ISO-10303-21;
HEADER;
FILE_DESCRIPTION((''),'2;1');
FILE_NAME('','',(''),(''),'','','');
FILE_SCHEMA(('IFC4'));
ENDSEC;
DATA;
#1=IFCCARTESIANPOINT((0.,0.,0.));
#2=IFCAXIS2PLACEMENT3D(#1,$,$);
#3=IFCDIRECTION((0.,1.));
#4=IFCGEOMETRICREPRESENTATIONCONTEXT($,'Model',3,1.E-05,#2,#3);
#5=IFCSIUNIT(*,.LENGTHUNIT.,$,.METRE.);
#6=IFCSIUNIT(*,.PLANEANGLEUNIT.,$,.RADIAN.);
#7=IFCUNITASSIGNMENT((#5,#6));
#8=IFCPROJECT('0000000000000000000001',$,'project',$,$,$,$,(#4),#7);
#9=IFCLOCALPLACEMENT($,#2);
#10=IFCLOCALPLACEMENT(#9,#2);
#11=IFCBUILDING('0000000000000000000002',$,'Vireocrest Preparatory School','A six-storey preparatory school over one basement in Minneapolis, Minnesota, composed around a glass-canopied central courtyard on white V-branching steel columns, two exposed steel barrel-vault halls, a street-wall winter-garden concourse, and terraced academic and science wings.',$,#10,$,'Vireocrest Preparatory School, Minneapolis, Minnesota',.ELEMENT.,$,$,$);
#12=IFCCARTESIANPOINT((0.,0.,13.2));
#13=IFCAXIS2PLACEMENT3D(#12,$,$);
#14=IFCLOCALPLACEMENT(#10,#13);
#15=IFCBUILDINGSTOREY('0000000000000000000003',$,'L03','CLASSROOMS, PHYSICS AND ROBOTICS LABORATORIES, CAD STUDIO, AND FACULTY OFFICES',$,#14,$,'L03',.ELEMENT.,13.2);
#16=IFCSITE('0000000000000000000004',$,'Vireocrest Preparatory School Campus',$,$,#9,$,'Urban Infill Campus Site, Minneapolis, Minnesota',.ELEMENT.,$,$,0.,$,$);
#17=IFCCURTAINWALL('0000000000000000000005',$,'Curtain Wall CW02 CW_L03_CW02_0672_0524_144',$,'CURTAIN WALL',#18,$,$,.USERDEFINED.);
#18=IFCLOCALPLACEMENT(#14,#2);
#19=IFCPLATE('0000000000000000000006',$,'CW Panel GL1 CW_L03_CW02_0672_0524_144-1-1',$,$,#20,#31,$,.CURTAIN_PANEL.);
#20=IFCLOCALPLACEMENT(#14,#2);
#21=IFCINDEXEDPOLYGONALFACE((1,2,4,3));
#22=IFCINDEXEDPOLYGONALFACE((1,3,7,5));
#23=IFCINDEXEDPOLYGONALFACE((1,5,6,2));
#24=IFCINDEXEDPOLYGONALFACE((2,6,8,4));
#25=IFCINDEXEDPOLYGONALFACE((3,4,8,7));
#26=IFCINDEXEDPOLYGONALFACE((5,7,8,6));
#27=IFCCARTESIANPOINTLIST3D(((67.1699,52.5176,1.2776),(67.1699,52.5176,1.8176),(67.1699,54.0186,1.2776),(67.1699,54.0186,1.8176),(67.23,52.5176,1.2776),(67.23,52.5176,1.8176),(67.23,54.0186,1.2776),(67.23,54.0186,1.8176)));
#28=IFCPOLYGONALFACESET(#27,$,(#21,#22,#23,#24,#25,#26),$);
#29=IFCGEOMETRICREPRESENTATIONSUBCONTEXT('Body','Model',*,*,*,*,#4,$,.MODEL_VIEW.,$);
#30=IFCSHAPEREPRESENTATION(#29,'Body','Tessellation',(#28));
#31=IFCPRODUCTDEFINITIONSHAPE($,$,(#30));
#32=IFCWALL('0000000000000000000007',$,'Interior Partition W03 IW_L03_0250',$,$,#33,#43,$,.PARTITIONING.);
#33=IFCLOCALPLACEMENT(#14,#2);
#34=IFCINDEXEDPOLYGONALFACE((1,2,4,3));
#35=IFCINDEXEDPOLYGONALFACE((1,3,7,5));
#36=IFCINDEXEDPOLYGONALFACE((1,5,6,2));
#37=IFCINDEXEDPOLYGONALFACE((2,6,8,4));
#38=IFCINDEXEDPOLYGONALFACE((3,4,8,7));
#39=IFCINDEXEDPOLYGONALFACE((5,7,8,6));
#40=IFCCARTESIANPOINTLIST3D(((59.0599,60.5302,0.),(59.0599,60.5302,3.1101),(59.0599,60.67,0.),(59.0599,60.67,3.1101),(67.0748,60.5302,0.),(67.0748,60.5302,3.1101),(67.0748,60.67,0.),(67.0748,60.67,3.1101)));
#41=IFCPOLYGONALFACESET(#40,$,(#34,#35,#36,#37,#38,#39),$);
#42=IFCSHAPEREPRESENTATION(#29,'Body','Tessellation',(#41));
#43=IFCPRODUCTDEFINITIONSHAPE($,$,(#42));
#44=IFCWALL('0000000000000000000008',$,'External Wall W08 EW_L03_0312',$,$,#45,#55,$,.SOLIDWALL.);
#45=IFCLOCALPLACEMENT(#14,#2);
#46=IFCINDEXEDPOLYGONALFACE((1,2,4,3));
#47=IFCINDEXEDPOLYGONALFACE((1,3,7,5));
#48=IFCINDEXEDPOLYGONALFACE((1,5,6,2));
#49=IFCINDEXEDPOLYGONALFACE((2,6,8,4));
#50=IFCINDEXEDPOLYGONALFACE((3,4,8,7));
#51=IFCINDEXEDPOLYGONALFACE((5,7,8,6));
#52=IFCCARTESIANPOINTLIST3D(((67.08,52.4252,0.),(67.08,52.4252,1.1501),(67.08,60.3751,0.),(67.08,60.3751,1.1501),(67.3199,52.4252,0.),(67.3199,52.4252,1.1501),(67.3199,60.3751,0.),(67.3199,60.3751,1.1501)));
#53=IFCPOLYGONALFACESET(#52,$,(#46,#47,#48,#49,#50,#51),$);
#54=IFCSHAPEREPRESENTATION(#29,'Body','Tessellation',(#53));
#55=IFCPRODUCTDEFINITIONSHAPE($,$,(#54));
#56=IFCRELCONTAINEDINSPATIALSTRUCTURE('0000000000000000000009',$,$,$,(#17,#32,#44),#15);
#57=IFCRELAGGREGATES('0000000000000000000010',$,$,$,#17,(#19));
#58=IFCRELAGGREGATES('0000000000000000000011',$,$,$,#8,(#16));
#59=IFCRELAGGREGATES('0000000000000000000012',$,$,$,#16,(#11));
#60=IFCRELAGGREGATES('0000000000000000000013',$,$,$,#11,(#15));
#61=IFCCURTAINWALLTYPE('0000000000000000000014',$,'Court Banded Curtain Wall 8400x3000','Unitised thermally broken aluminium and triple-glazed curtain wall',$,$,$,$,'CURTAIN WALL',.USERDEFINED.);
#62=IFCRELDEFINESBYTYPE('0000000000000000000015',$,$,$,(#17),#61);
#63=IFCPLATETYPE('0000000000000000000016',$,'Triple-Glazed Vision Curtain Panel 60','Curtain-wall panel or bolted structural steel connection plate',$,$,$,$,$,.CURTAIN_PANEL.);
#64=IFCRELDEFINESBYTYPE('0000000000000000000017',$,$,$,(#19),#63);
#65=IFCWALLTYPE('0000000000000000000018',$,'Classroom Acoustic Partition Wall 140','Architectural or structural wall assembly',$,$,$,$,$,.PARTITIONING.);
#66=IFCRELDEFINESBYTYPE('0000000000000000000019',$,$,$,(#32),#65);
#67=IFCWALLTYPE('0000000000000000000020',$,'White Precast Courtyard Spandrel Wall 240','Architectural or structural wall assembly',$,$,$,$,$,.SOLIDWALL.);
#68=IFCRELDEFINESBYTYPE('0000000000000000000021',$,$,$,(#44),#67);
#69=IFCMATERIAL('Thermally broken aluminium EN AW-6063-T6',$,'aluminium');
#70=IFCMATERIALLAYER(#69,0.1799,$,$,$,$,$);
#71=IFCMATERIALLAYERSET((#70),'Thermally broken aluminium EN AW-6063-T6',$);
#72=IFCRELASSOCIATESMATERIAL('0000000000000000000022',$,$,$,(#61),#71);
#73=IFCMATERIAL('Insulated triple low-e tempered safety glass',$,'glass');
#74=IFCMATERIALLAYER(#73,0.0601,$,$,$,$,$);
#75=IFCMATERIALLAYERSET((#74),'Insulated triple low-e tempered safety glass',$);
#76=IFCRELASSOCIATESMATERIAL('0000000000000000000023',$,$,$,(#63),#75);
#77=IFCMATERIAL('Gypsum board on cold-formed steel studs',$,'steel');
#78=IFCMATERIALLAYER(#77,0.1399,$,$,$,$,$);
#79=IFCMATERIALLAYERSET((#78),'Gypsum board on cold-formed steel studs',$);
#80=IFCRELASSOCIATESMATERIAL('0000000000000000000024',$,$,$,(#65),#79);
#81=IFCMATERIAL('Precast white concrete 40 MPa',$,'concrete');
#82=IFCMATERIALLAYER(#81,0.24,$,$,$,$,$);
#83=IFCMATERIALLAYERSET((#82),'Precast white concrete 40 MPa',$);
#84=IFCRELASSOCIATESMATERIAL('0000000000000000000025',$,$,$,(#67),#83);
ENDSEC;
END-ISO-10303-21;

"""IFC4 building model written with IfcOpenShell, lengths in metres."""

from ifc_helpers import new_model, si_unit, direction, frame, frame_2d, origin, origin_2d, place, context, subcontext, project, spatial, rectangle, extrude, material, layer, layer_set, type_object, element, aggregate, save


model = new_model("IFC4")

# Units and contexts
model_context = context("Model", 3, precision=1e-05, world=origin(), true_north=direction((0.0, 1.0)))
body_context = subcontext(model_context, "Body", "Model", "MODEL_VIEW")
ifc_project = project(units=[si_unit("LENGTHUNIT", "METRE"), si_unit("PLANEANGLEUNIT", "RADIAN")], contexts=[model_context])

# Site, building, storey
site_placement = place(None, origin())
site = spatial("IfcSite", under=ifc_project, at=site_placement, Name="Vireocrest Preparatory School Campus", LongName="Urban Infill Campus Site, Minneapolis, Minnesota", CompositionType="ELEMENT", RefElevation=0.0)
building_placement = place(site_placement, origin())
building = spatial("IfcBuilding", under=site, at=building_placement, Name="Vireocrest Preparatory School", Description="A six-storey preparatory school over one basement in Minneapolis, Minnesota, composed around a glass-canopied central courtyard on white V-branching steel columns, two exposed steel barrel-vault halls, a street-wall winter-garden concourse, and terraced academic and science wings.", LongName="Vireocrest Preparatory School, Minneapolis, Minnesota", CompositionType="ELEMENT")
storey_placement = place(building_placement, frame((0.0, 0.0, 13.2)))
storey = spatial("IfcBuildingStorey", under=building, at=storey_placement, Name="L03", Description="CLASSROOMS, PHYSICS AND ROBOTICS LABORATORIES, CAD STUDIO, AND FACULTY OFFICES", LongName="L03", CompositionType="ELEMENT", Elevation=13.2)

# Curtain wall
ifc_material_1 = material(Name="Thermally broken aluminium EN AW-6063-T6", Category="aluminium")
ifc_layer_1 = layer(ifc_material_1, 0.1799)
ifc_layer_set_1 = layer_set([ifc_layer_1], Name="Thermally broken aluminium EN AW-6063-T6")
curtain_wall_type = type_object("IfcCurtainWallType", Name="Court Banded Curtain Wall 8400x3000", Description="Unitised thermally broken aluminium and triple-glazed curtain wall", ElementType="CURTAIN WALL", PredefinedType="USERDEFINED", material=ifc_layer_set_1)
curtain_wall_1_placement = place(storey_placement, origin())
curtain_wall_1 = element("IfcCurtainWall", 1, at=curtain_wall_1_placement, inside=storey, type_object=curtain_wall_type, Name="Curtain Wall CW02 CW_L03_CW02_0672_0524_144", ObjectType="CURTAIN WALL", PredefinedType="USERDEFINED")

# Plate
ifc_material_2 = material(Name="Insulated triple low-e tempered safety glass", Category="glass")
ifc_layer_2 = layer(ifc_material_2, 0.0601)
ifc_layer_set_2 = layer_set([ifc_layer_2], Name="Insulated triple low-e tempered safety glass")
plate_type = type_object("IfcPlateType", Name="Triple-Glazed Vision Curtain Panel 60", Description="Curtain-wall panel or bolted structural steel connection plate", PredefinedType="CURTAIN_PANEL", material=ifc_layer_set_2)
plate_1_placement = place(storey_placement, frame((67.2, 53.2681, 1.2776), z_axis=(0.0, 0.0, 1.0), x_axis=(0.0, 1.0, 0.0)))
plate_1 = element("IfcPlate", 2, at=plate_1_placement, type_object=plate_type, Name="CW Panel GL1 CW_L03_CW02_0672_0524_144-1-1", PredefinedType="CURTAIN_PANEL", context=body_context, shape_type="SweptSolid", body=[
    extrude(rectangle(XDim=1.501, YDim=0.0601, at=origin_2d()), origin(), (0.0, 0.0, 1.0), 0.54),
])
aggregate(curtain_wall_1, [plate_1])

# Walls
ifc_material_3 = material(Name="Gypsum board on cold-formed steel studs", Category="steel")
ifc_layer_3 = layer(ifc_material_3, 0.1399)
ifc_layer_set_3 = layer_set([ifc_layer_3], Name="Gypsum board on cold-formed steel studs")
wall_type_1 = type_object("IfcWallType", Name="Classroom Acoustic Partition Wall 140", Description="Architectural or structural wall assembly", PredefinedType="PARTITIONING", material=ifc_layer_set_3)
wall_1_placement = place(storey_placement, frame((59.0601, 60.6001, 0.0), z_axis=(0.0, 0.0, 1.0), x_axis=(1.0, 0.0, 0.0)))
element("IfcWall", 3, at=wall_1_placement, inside=storey, type_object=wall_type_1, Name="Interior Partition W03 IW_L03_0250", PredefinedType="PARTITIONING", context=body_context, shape_type="SweptSolid", body=[
    extrude(rectangle(XDim=8.0149, YDim=0.1399, at=frame_2d((4.0073, 0.0))), origin(), (0.0, 0.0, 1.0), 3.1101),
])
ifc_material_4 = material(Name="Precast white concrete 40 MPa", Category="concrete")
ifc_layer_4 = layer(ifc_material_4, 0.24)
ifc_layer_set_4 = layer_set([ifc_layer_4], Name="Precast white concrete 40 MPa")
wall_type_2 = type_object("IfcWallType", Name="White Precast Courtyard Spandrel Wall 240", Description="Architectural or structural wall assembly", PredefinedType="SOLIDWALL", material=ifc_layer_set_4)
wall_2_placement = place(storey_placement, frame((67.2, 52.425, 0.0), z_axis=(0.0, 0.0, 1.0), x_axis=(0.0, 1.0, 0.0)))
element("IfcWall", 4, at=wall_2_placement, inside=storey, type_object=wall_type_2, Name="External Wall W08 EW_L03_0312", PredefinedType="SOLIDWALL", context=body_context, shape_type="SweptSolid", body=[
    extrude(rectangle(XDim=7.95, YDim=0.24, at=frame_2d((3.9751, 0.0))), origin(), (0.0, 0.0, 1.0), 1.1501),
])

save(model, "model.ifc")
